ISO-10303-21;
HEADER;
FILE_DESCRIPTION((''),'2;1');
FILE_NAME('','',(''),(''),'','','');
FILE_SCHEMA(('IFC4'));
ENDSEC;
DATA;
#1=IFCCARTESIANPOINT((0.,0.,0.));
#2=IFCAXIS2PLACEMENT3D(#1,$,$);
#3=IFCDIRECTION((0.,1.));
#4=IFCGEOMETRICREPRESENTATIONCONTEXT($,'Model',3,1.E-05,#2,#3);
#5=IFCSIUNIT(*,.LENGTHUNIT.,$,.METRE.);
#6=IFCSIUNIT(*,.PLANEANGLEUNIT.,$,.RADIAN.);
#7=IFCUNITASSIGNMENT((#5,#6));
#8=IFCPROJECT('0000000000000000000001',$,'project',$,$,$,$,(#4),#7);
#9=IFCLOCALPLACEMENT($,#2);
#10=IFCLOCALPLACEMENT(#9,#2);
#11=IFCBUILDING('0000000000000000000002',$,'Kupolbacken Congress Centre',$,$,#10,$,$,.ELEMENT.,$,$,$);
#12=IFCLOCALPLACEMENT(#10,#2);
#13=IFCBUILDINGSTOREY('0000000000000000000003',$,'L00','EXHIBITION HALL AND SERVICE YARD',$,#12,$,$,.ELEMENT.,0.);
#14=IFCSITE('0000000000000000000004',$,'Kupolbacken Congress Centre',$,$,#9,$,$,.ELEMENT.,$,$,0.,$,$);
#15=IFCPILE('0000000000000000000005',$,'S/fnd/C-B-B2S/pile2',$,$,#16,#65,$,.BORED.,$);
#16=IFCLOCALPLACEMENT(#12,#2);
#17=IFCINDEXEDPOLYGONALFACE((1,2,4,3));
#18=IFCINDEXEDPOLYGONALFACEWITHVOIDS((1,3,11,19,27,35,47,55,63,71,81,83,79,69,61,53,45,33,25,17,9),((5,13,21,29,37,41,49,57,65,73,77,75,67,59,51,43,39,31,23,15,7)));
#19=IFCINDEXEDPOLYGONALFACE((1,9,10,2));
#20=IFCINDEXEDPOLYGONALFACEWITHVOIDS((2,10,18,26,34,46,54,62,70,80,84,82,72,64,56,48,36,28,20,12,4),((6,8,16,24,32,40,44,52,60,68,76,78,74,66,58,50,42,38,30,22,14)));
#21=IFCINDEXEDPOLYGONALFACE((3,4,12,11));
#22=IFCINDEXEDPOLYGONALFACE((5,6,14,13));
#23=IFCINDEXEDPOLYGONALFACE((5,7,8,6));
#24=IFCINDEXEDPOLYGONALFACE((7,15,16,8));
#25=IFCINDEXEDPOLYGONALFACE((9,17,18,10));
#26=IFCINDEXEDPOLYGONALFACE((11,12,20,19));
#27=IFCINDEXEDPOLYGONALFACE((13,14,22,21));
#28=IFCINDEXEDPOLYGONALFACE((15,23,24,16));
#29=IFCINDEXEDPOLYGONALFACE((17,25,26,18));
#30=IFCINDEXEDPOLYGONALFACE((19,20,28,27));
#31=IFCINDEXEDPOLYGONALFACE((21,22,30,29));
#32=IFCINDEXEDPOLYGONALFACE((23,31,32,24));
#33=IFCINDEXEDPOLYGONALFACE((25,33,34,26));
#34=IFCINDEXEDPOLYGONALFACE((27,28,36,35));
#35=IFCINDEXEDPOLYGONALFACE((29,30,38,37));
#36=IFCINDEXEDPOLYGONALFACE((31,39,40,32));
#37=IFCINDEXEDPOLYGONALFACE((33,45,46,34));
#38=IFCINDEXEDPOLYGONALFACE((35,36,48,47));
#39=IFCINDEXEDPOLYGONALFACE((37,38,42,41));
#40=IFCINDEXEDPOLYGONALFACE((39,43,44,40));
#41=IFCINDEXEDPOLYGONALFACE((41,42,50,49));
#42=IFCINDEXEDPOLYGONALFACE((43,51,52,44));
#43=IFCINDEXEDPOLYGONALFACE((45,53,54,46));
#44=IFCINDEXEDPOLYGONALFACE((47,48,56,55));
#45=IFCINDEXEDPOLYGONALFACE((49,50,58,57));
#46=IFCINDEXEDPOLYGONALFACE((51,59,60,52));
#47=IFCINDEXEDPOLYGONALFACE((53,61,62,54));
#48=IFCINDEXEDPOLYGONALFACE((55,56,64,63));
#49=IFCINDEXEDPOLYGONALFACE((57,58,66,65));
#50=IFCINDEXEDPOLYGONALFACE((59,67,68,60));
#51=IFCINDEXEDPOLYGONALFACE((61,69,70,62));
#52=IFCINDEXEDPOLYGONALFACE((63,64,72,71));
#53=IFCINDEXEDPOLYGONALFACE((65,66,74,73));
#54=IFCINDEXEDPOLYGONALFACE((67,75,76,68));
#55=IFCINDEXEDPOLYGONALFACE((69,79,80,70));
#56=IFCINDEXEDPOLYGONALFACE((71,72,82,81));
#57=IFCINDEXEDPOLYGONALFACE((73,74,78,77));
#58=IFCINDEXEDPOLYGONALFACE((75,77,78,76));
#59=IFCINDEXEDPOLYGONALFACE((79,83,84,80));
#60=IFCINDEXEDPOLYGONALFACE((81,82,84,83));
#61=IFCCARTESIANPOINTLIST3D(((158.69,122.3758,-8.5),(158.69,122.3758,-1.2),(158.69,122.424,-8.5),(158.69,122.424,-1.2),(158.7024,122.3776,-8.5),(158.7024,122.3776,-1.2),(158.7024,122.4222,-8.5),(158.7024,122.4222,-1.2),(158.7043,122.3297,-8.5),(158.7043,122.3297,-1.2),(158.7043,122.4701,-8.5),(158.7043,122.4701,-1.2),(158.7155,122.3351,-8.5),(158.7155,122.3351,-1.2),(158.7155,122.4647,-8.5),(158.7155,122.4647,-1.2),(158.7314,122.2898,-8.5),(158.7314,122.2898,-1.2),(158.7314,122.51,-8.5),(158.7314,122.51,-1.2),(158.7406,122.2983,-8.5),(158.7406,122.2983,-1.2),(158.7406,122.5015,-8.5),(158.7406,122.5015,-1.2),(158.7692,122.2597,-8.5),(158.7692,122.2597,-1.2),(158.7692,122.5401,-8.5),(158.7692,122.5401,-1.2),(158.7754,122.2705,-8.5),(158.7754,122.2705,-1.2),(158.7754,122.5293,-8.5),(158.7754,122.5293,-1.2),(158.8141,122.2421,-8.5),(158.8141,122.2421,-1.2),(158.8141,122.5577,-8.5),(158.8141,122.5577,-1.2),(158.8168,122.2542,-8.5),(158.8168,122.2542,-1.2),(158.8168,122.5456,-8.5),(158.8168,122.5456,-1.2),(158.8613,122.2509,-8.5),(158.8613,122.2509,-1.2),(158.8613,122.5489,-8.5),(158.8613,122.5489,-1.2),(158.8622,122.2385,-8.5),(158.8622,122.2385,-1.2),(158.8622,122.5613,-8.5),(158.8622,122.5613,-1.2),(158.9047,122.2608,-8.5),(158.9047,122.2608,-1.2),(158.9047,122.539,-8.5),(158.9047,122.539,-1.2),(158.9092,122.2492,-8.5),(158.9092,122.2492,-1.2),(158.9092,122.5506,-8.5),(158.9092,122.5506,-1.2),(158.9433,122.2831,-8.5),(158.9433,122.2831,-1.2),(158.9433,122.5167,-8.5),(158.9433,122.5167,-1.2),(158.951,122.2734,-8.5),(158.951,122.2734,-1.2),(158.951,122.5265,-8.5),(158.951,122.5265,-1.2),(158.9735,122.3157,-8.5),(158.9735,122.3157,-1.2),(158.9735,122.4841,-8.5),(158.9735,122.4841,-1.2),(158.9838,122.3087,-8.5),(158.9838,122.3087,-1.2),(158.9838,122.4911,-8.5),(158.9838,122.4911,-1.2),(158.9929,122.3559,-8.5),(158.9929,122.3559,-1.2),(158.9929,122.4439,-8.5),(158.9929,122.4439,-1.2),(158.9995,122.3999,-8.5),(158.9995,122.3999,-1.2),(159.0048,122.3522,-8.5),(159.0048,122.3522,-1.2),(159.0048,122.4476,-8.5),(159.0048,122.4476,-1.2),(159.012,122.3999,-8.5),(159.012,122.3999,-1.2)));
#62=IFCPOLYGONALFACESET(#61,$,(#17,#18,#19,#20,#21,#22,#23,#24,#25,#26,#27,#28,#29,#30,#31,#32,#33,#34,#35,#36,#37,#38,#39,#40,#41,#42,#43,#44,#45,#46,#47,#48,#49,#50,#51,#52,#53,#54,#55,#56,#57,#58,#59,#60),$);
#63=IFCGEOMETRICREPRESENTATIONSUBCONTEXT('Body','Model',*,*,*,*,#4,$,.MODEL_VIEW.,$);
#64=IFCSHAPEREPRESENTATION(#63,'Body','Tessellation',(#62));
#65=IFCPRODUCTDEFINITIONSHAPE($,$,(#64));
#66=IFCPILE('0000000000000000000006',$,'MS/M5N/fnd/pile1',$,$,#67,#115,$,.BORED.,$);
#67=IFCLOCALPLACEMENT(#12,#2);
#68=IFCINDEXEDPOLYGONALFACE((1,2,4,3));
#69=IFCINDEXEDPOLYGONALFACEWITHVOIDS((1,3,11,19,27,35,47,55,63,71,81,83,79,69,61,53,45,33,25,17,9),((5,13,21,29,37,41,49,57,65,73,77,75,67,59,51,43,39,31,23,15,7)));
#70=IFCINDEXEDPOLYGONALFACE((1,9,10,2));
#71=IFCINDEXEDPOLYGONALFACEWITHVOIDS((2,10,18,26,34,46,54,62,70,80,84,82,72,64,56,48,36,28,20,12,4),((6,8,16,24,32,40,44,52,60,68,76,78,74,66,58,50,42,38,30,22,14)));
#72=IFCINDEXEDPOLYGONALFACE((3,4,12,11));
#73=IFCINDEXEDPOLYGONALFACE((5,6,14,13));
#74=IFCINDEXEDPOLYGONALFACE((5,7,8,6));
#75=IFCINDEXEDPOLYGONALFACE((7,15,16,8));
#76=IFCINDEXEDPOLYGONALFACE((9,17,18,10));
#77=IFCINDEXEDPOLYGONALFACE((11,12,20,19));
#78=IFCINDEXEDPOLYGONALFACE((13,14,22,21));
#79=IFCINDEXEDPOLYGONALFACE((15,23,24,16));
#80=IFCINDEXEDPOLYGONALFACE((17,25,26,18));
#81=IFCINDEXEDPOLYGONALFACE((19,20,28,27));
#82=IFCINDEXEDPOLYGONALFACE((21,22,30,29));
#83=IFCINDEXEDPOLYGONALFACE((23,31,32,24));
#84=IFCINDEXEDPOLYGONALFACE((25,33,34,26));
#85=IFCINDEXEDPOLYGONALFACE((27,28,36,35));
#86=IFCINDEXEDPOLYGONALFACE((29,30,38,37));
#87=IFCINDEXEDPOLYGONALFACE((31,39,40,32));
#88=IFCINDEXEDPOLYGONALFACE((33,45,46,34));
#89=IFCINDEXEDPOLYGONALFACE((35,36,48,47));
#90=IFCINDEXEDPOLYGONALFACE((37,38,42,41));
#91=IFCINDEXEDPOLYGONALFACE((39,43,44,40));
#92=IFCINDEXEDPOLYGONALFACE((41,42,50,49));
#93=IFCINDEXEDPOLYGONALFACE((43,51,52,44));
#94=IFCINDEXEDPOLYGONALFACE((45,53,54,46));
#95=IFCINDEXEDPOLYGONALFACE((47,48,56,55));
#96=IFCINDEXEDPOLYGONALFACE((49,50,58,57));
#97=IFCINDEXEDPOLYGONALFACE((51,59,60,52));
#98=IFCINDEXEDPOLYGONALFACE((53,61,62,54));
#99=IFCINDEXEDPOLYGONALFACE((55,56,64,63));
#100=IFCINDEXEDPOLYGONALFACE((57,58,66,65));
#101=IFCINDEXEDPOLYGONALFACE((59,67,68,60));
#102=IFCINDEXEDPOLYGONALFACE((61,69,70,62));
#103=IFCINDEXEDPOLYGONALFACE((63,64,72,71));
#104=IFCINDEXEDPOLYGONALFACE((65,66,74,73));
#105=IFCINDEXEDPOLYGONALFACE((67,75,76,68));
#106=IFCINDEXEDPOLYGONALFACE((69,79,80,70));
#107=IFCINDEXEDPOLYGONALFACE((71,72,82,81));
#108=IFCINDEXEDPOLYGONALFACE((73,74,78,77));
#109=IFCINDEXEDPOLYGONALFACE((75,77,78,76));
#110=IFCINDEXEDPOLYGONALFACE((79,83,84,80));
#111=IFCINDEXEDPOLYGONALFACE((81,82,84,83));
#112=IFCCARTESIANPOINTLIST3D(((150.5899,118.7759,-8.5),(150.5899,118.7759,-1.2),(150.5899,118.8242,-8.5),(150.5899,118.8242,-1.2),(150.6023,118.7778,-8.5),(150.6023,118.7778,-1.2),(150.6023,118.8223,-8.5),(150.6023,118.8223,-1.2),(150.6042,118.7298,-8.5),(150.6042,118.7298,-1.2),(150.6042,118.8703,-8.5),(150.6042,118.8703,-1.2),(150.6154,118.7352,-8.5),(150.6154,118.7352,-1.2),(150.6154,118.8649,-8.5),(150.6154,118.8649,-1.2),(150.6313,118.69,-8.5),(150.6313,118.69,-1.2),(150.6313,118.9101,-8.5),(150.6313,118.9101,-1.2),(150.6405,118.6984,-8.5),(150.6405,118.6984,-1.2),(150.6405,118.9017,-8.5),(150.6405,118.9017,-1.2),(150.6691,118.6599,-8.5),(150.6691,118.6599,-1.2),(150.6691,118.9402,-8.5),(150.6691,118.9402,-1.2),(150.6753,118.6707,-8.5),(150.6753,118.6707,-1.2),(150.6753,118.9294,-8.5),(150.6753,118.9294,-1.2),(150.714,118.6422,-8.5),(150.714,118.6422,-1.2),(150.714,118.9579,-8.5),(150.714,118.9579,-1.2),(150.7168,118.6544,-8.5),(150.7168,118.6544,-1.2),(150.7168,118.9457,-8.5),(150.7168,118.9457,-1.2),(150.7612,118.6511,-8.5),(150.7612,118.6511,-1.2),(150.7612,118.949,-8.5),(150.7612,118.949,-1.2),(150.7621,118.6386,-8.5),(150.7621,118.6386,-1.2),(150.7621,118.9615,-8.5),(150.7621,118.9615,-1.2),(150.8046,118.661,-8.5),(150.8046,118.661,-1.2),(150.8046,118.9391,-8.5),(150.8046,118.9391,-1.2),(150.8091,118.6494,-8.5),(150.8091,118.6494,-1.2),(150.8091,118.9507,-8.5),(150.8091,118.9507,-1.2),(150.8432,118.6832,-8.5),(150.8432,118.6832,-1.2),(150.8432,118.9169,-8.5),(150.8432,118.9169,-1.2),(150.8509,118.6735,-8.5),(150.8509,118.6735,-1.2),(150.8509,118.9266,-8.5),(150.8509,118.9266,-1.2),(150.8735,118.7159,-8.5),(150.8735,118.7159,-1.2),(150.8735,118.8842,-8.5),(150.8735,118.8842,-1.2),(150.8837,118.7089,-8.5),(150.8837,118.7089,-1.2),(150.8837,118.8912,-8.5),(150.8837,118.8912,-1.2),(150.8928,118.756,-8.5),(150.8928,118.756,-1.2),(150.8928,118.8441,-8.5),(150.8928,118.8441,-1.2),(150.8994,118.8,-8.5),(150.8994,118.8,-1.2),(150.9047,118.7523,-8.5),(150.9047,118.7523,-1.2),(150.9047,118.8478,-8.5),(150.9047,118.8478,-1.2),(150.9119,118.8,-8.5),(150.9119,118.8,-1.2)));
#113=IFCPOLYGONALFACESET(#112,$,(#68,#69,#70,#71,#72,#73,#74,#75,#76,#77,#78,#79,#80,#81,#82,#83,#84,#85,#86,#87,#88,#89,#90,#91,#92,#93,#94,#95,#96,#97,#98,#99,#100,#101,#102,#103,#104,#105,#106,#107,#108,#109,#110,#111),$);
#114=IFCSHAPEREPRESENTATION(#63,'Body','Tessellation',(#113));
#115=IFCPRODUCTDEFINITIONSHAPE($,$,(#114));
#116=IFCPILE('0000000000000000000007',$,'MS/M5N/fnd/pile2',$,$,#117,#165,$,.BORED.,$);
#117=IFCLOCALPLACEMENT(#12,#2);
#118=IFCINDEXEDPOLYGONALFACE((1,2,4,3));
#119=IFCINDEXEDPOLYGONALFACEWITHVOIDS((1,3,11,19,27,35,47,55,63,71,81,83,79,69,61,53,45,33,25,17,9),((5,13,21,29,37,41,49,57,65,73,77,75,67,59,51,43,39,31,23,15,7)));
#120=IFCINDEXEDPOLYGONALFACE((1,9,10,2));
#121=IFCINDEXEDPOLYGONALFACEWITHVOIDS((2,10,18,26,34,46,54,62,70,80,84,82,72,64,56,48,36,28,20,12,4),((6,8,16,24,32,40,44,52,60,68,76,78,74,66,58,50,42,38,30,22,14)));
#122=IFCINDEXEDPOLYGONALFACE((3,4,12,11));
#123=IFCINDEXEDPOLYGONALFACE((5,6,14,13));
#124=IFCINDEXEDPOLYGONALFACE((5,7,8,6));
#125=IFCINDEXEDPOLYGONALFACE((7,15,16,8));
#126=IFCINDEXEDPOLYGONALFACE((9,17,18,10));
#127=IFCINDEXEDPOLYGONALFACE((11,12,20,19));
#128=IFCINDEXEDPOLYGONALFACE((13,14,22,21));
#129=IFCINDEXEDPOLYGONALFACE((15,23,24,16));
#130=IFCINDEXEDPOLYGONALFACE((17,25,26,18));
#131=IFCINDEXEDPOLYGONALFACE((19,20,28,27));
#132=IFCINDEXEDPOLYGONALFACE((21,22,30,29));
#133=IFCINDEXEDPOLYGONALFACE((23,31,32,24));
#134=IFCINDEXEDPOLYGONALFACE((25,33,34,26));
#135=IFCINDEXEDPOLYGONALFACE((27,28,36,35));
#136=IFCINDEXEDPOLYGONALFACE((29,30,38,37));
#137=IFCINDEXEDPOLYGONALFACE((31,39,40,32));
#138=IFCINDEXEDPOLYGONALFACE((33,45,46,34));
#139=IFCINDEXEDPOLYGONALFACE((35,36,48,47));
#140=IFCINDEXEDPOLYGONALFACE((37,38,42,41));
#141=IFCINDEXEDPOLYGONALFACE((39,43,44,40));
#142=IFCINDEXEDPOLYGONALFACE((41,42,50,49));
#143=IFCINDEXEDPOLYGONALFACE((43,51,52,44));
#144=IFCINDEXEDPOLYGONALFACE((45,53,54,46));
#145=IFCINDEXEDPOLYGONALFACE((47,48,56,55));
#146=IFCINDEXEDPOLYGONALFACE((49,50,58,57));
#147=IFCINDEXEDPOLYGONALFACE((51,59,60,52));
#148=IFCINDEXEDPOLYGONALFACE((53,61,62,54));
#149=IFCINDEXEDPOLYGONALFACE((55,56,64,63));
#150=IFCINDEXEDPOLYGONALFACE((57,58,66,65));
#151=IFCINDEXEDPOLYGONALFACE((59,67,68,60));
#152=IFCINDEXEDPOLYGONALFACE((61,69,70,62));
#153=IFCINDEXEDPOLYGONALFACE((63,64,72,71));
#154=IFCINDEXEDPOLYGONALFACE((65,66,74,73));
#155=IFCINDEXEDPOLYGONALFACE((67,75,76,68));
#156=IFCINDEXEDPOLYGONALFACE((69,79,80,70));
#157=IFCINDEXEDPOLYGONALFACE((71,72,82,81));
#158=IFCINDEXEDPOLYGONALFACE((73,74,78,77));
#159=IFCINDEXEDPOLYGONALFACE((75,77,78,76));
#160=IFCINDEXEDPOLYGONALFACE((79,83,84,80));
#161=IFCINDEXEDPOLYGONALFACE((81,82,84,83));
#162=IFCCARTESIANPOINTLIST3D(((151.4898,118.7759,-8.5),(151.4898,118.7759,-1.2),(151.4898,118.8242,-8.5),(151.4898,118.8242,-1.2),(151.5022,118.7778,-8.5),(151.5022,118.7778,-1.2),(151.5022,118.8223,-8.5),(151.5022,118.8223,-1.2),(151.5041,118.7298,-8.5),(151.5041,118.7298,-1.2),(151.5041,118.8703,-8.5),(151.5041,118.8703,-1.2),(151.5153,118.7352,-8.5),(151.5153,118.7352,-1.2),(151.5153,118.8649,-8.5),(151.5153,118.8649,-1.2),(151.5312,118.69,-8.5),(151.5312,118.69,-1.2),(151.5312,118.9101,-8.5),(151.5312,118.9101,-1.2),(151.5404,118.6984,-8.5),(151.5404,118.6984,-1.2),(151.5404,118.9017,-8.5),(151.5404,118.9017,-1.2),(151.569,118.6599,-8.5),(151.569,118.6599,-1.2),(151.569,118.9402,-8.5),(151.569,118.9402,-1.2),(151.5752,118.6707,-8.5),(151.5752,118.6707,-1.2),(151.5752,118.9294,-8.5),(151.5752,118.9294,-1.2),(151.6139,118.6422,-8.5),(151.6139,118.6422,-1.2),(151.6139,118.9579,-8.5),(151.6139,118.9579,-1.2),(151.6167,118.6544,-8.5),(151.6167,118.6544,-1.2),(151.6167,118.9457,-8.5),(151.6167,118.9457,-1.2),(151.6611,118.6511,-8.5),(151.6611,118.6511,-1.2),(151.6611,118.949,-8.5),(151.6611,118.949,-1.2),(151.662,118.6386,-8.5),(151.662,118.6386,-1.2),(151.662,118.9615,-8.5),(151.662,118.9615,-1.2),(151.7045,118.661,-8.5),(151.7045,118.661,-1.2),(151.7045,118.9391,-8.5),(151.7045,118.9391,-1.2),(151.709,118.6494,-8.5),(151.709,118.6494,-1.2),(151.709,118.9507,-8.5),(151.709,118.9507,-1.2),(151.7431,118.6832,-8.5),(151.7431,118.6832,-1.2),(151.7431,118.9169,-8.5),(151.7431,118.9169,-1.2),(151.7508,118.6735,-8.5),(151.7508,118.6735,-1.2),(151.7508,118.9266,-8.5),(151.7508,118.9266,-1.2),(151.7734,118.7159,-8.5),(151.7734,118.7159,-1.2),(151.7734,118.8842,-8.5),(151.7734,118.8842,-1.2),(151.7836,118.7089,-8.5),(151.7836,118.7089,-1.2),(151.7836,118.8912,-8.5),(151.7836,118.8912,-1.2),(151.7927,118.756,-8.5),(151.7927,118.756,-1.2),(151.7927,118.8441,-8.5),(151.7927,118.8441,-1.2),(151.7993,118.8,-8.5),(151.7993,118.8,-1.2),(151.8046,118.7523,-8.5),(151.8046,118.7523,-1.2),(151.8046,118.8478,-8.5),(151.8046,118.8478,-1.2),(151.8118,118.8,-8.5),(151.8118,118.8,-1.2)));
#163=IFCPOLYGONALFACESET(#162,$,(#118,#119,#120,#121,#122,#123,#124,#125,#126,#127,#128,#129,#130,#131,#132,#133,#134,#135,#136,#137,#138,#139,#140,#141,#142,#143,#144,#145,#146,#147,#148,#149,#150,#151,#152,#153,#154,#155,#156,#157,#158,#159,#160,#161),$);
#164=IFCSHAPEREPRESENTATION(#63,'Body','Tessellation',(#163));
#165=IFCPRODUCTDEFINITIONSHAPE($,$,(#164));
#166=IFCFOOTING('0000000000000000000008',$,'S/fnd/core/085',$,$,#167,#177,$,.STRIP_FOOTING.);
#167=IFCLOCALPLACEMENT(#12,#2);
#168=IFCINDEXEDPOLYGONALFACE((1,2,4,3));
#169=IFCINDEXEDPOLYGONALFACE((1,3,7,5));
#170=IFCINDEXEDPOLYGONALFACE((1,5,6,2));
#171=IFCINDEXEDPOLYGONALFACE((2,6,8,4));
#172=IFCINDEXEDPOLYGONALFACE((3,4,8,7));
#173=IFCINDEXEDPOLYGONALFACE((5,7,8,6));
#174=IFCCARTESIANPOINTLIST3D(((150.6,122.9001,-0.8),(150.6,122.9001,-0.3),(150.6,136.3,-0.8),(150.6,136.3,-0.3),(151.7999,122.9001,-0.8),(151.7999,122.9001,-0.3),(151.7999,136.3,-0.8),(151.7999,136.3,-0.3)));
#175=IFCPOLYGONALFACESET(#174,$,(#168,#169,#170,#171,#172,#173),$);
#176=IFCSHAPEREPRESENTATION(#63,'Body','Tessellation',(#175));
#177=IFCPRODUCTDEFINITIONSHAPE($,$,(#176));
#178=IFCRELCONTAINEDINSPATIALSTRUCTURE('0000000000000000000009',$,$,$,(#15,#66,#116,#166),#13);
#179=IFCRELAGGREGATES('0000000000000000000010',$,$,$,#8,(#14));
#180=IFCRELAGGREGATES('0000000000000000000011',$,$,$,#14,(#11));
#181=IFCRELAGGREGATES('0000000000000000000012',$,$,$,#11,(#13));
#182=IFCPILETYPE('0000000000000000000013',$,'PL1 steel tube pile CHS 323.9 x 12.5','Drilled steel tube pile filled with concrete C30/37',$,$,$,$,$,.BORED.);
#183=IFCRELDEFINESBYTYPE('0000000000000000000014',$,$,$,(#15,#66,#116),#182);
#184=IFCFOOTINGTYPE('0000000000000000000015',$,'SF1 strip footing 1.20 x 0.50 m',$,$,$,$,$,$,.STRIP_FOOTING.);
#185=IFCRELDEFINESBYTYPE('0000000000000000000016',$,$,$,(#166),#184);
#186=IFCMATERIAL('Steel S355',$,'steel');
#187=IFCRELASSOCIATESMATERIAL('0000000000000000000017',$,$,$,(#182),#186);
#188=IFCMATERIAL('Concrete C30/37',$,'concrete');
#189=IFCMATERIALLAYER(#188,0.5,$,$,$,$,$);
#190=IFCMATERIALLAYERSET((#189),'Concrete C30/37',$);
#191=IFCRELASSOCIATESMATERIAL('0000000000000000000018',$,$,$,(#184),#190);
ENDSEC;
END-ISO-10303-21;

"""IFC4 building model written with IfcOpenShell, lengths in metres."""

from ifc_helpers import new_model, si_unit, direction, frame, origin, origin_2d, place, context, subcontext, project, spatial, rectangle, hollow_circle, extrude, material, layer, layer_set, material_profile, profile_set, type_object, element, save


model = new_model("IFC4")

# Units and contexts
model_context = context("Model", 3, precision=1e-05, world=origin(), true_north=direction((0.0, 1.0)))
body_context = subcontext(model_context, "Body", "Model", "MODEL_VIEW")
ifc_project = project(units=[si_unit("LENGTHUNIT", "METRE"), si_unit("PLANEANGLEUNIT", "RADIAN")], contexts=[model_context])

# Site, building, storey
site_placement = place(None, origin())
site = spatial("IfcSite", under=ifc_project, at=site_placement, Name="Kupolbacken Congress Centre", CompositionType="ELEMENT", RefElevation=0.0)
building_placement = place(site_placement, origin())
building = spatial("IfcBuilding", under=site, at=building_placement, Name="Kupolbacken Congress Centre", CompositionType="ELEMENT")
storey_placement = place(building_placement, origin())
storey = spatial("IfcBuildingStorey", under=building, at=storey_placement, Name="L00", Description="EXHIBITION HALL AND SERVICE YARD", CompositionType="ELEMENT", Elevation=0.0)

# Piles
ifc_material_1 = material(Name="Steel S355", Category="steel")
ifc_material_profile_1 = material_profile(ifc_material_1, hollow_circle(Radius=0.1619, WallThickness=0.0125, at=origin_2d()), Name="CHS 323.9 x 12.5")
ifc_profile_set_1 = profile_set([ifc_material_profile_1], Name="Steel S355")
pile_type = type_object("IfcPileType", Name="PL1 steel tube pile CHS 323.9 x 12.5", Description="Drilled steel tube pile filled with concrete C30/37", PredefinedType="BORED", material=ifc_profile_set_1)
for number, where, z_axis, x_axis, name in (
    (1, (158.8501, 122.3999, -1.2), (0.0, 0.0, -1.0), (1.0, 0.0, 0.0), "S/fnd/C-B-B2S/pile2"),
    (2, (150.75, 118.8, -1.2), (0.0, 0.0, -1.0), (1.0, 0.0, 0.0), "MS/M5N/fnd/pile1"),
    (3, (151.6499, 118.8, -1.2), (0.0, 0.0, -1.0), (1.0, 0.0, 0.0), "MS/M5N/fnd/pile2"),
):
    element("IfcPile", number, at=place(storey_placement, frame(where, z_axis=z_axis, x_axis=x_axis)), inside=storey, type_object=pile_type, Name=name, PredefinedType="BORED", context=body_context, shape_type="SweptSolid", body=[
        extrude(hollow_circle(Radius=0.1619, WallThickness=0.0125, at=origin_2d()), origin(), (0.0, 0.0, 1.0), 7.3),
    ])

# Footing
ifc_material_2 = material(Name="Concrete C30/37", Category="concrete")
ifc_layer_1 = layer(ifc_material_2, 0.5)
ifc_layer_set_1 = layer_set([ifc_layer_1], Name="Concrete C30/37")
footing_type_1 = type_object("IfcFootingType", Name="SF1 strip footing 1.20 x 0.50 m", PredefinedType="STRIP_FOOTING", material=ifc_layer_set_1)
footing_placement = place(storey_placement, frame((151.2, 129.6001, -0.8), z_axis=(0.0, 0.0, 1.0), x_axis=(0.0, 1.0, 0.0)))
element("IfcFooting", 4, at=footing_placement, inside=storey, type_object=footing_type_1, Name="S/fnd/core/085", PredefinedType="STRIP_FOOTING", context=body_context, shape_type="SweptSolid", body=[
    extrude(rectangle(XDim=13.3999, YDim=1.2, at=origin_2d()), origin(), (0.0, 0.0, 1.0), 0.5),
])

save(model, "model.ifc")
